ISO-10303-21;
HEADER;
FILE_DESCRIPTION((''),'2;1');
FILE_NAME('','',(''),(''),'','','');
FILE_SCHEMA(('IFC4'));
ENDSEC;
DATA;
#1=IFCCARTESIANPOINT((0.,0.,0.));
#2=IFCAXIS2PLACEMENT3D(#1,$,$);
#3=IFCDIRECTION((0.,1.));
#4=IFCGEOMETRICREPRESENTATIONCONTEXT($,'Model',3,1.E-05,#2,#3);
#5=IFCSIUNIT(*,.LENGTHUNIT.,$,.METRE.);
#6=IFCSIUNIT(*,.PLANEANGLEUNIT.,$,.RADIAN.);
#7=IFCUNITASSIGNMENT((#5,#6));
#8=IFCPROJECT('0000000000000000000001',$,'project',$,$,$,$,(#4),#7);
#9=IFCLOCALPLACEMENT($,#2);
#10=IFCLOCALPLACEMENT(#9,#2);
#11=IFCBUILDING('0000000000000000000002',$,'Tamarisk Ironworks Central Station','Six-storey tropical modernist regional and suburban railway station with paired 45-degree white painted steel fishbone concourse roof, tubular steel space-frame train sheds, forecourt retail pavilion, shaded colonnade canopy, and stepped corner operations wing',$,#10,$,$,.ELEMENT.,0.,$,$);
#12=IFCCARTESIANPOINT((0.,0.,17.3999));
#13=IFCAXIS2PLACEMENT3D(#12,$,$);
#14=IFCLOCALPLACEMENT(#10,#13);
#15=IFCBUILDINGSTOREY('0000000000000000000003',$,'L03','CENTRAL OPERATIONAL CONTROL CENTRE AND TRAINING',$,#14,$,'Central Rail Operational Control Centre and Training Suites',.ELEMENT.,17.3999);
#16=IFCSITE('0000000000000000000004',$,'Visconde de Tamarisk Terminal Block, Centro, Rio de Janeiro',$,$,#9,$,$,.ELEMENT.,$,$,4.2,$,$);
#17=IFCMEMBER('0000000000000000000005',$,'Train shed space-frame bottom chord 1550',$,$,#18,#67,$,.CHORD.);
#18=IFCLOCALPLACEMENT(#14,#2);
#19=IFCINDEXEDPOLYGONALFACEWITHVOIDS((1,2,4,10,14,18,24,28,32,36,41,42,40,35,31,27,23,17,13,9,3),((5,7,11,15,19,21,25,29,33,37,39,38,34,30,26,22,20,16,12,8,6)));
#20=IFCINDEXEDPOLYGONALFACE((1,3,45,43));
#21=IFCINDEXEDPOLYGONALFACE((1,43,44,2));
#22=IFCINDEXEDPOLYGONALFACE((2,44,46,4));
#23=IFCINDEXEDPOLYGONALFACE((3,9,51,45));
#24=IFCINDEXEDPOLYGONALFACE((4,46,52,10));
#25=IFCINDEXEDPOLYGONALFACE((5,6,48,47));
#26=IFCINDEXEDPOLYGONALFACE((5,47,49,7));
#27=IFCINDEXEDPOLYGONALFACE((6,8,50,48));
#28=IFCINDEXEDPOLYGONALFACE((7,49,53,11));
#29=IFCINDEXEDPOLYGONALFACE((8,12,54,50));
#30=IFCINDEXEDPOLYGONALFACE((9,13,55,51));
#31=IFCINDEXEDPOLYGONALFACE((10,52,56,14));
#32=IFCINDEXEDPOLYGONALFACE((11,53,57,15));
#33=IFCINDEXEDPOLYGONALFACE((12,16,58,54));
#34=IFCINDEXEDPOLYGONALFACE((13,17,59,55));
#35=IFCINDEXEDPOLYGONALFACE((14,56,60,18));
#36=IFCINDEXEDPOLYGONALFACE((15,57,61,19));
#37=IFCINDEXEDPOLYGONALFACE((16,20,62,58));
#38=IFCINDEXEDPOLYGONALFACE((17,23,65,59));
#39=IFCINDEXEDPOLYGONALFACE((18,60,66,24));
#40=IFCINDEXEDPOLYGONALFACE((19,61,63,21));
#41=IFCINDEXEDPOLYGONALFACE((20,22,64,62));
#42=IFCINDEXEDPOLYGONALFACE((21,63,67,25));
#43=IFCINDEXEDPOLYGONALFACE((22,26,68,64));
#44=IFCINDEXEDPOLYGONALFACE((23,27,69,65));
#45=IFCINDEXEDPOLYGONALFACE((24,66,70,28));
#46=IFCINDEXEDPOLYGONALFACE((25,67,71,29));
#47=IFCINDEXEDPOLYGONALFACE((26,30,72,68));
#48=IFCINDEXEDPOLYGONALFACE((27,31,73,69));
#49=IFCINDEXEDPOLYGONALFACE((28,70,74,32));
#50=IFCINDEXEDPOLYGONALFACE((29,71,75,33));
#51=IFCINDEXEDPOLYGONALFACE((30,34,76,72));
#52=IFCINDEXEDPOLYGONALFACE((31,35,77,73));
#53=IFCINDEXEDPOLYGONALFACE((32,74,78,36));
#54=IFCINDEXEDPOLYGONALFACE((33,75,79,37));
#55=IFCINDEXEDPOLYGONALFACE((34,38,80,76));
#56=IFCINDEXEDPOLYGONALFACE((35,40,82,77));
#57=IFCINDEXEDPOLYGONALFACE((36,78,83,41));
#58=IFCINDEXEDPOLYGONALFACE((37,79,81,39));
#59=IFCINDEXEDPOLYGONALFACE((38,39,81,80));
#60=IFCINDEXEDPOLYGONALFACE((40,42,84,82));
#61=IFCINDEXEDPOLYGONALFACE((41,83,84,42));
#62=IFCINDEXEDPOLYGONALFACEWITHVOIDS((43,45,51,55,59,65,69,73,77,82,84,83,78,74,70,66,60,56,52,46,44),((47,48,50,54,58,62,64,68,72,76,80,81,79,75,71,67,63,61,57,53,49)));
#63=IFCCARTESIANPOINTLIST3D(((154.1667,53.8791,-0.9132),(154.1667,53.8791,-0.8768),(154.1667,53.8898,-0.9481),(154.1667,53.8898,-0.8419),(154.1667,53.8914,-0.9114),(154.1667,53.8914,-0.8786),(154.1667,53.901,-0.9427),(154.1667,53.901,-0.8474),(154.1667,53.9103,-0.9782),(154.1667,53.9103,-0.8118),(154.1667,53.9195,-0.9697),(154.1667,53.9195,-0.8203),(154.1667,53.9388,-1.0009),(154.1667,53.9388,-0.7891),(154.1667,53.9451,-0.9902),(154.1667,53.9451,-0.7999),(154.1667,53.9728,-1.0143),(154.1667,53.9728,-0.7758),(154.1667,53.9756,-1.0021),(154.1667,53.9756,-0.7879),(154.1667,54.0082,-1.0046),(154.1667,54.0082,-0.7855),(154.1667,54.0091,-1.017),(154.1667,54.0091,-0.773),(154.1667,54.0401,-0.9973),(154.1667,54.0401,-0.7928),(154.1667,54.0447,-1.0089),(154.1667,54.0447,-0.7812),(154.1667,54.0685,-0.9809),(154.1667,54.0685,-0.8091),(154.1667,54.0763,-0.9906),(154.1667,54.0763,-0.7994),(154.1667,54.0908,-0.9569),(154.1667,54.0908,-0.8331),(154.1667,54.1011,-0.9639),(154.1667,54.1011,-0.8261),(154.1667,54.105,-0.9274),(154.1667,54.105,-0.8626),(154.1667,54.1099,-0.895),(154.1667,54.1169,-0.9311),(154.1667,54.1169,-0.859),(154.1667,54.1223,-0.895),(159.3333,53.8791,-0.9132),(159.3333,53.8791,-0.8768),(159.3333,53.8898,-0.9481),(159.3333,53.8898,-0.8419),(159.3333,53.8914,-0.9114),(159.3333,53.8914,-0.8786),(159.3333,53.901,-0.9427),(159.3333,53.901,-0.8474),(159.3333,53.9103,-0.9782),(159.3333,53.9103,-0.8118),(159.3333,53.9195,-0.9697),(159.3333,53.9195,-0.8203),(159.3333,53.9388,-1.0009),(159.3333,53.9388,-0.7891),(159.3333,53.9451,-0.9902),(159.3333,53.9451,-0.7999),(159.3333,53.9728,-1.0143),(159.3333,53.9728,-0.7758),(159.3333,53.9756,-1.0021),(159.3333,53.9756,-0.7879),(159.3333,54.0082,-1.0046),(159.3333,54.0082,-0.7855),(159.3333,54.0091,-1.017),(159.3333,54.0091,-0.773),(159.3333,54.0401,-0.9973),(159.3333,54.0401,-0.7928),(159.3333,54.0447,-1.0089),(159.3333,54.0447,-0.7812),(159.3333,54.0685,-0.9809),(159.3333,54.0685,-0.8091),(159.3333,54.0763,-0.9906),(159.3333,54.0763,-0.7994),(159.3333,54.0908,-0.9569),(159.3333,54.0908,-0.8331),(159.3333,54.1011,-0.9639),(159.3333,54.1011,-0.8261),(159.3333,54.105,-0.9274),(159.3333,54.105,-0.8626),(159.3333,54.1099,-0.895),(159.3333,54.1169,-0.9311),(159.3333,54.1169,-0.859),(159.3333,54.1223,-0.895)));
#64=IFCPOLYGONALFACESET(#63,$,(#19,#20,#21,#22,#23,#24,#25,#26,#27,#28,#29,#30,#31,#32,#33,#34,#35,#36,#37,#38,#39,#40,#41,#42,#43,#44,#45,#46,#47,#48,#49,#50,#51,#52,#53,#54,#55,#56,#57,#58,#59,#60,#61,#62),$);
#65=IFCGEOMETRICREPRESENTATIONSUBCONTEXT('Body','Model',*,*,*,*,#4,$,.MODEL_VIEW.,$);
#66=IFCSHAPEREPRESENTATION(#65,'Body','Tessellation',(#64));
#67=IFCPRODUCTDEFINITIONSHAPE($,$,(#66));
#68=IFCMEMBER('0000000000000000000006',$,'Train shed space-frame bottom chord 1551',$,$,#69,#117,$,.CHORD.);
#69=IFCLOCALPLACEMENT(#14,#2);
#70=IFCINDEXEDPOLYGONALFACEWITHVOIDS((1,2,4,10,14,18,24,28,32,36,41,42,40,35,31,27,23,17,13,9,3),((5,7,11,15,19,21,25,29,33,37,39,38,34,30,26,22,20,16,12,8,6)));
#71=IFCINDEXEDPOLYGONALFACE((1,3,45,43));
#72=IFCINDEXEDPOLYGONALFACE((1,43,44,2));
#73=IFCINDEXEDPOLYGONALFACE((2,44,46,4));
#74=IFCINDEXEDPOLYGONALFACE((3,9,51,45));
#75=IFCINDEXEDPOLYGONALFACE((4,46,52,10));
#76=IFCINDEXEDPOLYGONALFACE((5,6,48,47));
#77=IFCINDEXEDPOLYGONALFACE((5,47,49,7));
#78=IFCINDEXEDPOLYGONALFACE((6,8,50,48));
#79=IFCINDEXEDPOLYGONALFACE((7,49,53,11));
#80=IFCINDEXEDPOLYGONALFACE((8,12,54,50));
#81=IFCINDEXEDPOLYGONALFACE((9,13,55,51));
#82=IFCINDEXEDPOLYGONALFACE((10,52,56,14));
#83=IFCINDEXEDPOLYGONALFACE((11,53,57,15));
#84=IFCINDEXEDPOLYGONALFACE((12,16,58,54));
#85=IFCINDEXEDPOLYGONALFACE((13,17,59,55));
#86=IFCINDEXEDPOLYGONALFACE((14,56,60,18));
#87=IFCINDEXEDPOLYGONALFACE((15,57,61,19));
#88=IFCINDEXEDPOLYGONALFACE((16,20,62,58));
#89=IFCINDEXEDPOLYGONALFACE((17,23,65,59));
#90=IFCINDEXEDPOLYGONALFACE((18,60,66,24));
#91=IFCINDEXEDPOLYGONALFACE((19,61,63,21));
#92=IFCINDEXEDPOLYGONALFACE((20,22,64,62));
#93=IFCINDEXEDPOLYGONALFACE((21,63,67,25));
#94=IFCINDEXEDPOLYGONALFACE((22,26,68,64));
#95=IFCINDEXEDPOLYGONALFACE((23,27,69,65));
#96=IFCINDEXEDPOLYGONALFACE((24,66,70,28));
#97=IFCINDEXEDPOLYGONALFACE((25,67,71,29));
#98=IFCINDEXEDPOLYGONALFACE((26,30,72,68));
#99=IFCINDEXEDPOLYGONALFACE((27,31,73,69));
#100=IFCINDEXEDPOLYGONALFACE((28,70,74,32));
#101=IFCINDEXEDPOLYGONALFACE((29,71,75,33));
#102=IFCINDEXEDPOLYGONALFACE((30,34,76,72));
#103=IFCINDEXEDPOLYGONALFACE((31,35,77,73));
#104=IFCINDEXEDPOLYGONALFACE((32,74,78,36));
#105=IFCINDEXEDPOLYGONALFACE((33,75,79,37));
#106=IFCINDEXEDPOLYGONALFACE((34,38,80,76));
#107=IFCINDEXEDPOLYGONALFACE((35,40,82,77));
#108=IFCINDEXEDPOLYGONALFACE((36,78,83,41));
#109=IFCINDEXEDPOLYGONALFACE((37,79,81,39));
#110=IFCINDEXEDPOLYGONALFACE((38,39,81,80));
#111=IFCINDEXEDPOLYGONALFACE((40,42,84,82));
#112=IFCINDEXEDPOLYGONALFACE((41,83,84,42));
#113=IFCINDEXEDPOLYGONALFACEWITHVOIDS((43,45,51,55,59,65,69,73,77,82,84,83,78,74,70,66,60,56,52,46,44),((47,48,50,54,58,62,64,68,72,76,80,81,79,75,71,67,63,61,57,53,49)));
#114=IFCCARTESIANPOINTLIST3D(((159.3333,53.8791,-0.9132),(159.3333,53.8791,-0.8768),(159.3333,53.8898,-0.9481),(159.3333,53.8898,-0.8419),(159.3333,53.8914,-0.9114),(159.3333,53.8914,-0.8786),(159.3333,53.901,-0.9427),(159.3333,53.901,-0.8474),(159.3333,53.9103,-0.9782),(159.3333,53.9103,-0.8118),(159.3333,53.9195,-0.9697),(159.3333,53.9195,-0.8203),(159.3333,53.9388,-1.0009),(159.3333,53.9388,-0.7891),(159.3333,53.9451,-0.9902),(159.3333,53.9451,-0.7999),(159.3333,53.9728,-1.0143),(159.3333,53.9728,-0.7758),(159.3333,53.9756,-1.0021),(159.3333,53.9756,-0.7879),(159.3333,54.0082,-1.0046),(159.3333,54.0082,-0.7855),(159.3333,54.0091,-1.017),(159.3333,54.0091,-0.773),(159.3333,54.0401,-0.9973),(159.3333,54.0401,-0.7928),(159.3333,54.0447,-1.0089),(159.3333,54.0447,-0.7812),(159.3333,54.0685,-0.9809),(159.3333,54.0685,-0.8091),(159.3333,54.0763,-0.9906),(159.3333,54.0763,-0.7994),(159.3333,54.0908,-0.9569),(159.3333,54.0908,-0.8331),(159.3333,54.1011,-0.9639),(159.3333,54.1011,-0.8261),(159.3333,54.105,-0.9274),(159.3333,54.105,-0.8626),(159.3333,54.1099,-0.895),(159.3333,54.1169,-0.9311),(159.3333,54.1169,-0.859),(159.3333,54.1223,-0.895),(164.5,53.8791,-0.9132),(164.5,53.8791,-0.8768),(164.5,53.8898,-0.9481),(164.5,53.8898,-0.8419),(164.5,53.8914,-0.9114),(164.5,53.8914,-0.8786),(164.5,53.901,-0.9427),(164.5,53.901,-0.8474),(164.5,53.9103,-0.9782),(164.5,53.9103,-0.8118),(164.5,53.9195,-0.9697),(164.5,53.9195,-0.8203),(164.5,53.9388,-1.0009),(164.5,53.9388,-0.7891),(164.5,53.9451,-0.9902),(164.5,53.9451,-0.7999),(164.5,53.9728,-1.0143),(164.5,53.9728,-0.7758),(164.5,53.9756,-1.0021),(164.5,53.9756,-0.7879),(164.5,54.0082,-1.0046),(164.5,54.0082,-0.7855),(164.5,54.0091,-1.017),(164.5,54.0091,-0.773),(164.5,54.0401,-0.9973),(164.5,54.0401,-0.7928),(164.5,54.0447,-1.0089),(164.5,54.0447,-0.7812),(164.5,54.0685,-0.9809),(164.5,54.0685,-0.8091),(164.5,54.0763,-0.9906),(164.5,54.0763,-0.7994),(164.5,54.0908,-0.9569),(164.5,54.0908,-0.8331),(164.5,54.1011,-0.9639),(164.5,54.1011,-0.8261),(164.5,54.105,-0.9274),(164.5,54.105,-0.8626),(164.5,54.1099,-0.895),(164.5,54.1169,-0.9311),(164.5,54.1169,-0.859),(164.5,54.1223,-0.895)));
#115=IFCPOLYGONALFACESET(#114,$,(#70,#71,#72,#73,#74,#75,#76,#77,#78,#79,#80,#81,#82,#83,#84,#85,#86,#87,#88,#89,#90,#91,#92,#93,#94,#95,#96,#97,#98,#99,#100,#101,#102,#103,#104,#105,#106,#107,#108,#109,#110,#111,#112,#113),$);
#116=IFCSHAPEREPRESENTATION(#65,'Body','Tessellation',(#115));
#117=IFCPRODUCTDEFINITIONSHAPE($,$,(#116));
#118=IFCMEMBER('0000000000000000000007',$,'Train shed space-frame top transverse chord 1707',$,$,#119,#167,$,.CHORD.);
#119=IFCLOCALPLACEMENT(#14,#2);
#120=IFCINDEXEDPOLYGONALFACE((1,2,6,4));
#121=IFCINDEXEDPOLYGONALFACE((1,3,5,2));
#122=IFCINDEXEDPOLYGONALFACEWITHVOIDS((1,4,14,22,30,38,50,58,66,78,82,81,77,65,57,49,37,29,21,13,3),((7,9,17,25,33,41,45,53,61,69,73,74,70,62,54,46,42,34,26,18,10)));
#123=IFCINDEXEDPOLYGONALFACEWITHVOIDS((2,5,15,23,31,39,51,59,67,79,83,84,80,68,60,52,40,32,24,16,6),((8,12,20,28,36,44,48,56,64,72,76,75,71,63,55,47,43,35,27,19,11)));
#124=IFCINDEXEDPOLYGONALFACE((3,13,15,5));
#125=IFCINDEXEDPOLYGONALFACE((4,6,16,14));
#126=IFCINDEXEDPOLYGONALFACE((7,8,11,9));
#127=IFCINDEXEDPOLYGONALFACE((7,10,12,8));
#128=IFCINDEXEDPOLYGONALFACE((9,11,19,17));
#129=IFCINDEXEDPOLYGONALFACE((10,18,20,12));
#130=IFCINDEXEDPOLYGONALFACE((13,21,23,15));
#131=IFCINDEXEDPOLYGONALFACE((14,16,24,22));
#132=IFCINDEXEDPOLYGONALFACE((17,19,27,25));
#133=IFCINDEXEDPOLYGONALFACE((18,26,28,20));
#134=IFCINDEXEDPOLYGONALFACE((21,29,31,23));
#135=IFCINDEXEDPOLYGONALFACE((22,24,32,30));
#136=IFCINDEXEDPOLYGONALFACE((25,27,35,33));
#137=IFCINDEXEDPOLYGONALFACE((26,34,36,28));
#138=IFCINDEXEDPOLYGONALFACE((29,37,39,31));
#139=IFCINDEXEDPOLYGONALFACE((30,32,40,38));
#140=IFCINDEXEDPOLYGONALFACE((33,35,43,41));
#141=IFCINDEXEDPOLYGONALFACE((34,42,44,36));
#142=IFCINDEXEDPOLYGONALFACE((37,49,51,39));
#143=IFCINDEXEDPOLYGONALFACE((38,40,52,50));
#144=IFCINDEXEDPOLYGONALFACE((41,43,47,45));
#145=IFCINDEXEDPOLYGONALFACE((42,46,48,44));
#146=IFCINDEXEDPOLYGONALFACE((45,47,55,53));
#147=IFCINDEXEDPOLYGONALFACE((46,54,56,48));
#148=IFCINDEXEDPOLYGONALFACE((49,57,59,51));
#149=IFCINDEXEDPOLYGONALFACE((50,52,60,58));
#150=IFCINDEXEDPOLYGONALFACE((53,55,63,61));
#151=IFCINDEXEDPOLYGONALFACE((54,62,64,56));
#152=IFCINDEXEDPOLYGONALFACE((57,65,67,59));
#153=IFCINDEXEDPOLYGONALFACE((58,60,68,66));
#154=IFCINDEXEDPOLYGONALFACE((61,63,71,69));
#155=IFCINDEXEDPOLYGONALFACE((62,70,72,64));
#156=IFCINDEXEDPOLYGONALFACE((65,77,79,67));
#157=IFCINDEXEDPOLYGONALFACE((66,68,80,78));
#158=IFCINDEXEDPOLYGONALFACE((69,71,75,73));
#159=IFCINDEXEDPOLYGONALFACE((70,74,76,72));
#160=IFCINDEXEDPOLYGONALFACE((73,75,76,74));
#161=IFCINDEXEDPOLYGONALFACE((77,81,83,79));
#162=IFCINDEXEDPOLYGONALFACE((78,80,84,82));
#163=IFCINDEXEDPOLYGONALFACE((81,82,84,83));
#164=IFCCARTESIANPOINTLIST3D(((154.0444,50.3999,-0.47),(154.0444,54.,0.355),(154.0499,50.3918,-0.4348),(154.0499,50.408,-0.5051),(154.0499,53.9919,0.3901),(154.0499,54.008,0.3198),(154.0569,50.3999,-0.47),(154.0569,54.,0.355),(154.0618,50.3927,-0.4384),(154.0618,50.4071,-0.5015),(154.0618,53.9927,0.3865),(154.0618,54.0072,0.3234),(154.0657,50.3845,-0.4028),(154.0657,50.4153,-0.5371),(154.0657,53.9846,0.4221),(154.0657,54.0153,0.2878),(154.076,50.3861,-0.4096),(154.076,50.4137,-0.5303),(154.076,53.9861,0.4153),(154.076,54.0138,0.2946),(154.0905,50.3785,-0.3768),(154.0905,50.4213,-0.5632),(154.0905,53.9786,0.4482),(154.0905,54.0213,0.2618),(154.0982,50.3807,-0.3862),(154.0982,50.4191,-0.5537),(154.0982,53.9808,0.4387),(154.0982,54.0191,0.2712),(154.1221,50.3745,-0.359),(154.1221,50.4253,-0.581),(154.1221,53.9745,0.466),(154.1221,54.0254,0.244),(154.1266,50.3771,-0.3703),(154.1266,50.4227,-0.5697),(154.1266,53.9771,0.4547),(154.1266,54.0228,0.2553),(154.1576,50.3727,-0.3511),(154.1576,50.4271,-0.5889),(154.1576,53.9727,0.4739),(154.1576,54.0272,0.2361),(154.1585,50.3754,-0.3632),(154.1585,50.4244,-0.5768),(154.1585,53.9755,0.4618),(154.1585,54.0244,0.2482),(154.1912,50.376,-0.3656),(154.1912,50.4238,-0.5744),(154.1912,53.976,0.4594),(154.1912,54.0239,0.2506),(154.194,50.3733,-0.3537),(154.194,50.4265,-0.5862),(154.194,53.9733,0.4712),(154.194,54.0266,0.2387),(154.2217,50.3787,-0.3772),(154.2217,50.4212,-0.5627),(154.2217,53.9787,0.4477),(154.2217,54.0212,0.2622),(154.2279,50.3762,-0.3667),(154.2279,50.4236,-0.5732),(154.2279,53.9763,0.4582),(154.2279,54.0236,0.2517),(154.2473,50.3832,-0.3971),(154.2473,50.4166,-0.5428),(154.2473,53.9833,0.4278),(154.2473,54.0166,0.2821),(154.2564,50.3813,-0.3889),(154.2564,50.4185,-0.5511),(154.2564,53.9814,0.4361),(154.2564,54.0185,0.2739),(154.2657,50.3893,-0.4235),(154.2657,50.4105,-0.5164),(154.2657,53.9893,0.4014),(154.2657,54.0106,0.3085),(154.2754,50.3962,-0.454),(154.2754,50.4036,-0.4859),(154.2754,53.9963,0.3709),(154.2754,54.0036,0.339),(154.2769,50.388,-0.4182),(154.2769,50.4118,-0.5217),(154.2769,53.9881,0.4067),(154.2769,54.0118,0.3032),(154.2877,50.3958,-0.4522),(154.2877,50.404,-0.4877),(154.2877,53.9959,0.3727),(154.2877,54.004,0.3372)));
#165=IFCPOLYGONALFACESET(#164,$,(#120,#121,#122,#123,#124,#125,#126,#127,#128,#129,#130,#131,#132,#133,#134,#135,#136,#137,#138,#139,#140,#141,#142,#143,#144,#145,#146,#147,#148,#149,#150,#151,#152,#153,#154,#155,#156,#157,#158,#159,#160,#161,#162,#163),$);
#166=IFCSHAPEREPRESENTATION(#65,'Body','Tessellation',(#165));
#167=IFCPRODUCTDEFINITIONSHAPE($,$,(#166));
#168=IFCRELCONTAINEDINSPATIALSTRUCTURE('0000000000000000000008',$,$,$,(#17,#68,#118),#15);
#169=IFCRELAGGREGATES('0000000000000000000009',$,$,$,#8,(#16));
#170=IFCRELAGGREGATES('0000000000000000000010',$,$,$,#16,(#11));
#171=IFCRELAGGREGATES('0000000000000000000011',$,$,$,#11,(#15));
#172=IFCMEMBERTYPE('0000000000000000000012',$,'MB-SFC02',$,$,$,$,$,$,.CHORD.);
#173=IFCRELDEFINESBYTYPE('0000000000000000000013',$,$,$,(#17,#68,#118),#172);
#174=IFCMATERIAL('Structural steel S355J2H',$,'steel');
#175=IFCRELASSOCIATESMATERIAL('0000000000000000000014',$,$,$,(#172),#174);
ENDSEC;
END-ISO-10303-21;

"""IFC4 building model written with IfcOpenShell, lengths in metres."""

from ifc_helpers import new_model, si_unit, direction, frame, origin, origin_2d, place, context, subcontext, project, spatial, hollow_circle, extrude, material, material_profile, profile_set, type_object, element, save


model = new_model("IFC4")

# Units and contexts
model_context = context("Model", 3, precision=1e-05, world=origin(), true_north=direction((0.0, 1.0)))
body_context = subcontext(model_context, "Body", "Model", "MODEL_VIEW")
ifc_project = project(units=[si_unit("LENGTHUNIT", "METRE"), si_unit("PLANEANGLEUNIT", "RADIAN")], contexts=[model_context])

# Site, building, storey
site_placement = place(None, origin())
site = spatial("IfcSite", under=ifc_project, at=site_placement, Name="Visconde de Tamarisk Terminal Block, Centro, Rio de Janeiro", CompositionType="ELEMENT", RefElevation=4.2)
building_placement = place(site_placement, origin())
building = spatial("IfcBuilding", under=site, at=building_placement, Name="Tamarisk Ironworks Central Station", Description="Six-storey tropical modernist regional and suburban railway station with paired 45-degree white painted steel fishbone concourse roof, tubular steel space-frame train sheds, forecourt retail pavilion, shaded colonnade canopy, and stepped corner operations wing", CompositionType="ELEMENT", ElevationOfRefHeight=0.0)
storey_placement = place(building_placement, frame((0.0, 0.0, 17.3999)))
storey = spatial("IfcBuildingStorey", under=building, at=storey_placement, Name="L03", Description="CENTRAL OPERATIONAL CONTROL CENTRE AND TRAINING", LongName="Central Rail Operational Control Centre and Training Suites", CompositionType="ELEMENT", Elevation=17.3999)

# Members
ifc_material = material(Name="Structural steel S355J2H", Category="steel")
ifc_material_profile_1 = material_profile(ifc_material, hollow_circle(Radius=0.1223, WallThickness=0.0125, at=origin_2d()), Name="CHS 244.5x12.5")
ifc_profile_set_1 = profile_set([ifc_material_profile_1], Name="Structural steel S355J2H")
member_type_1 = type_object("IfcMemberType", Name="MB-SFC02", PredefinedType="CHORD", material=ifc_profile_set_1)
member_1_placement = place(storey_placement, frame((154.1667, 54.0, -0.895), z_axis=(1.0, 0.0, 0.0), x_axis=(0.0, 1.0, 0.0)))
element("IfcMember", 1, at=member_1_placement, inside=storey, type_object=member_type_1, Name="Train shed space-frame bottom chord 1550", PredefinedType="CHORD", context=body_context, shape_type="SweptSolid", body=[
    extrude(hollow_circle(Radius=0.1223, WallThickness=0.0125, at=origin_2d()), origin(), (0.0, 0.0, 1.0), 5.1665),
])
member_2_placement = place(storey_placement, frame((159.3333, 54.0, -0.895), z_axis=(1.0, 0.0, 0.0), x_axis=(0.0, 1.0, 0.0)))
element("IfcMember", 2, at=member_2_placement, inside=storey, type_object=member_type_1, Name="Train shed space-frame bottom chord 1551", PredefinedType="CHORD", context=body_context, shape_type="SweptSolid", body=[
    extrude(hollow_circle(Radius=0.1223, WallThickness=0.0125, at=origin_2d()), origin(), (0.0, 0.0, 1.0), 5.1667),
])
for number, where, z_axis, x_axis, name in (
    (3, (154.1667, 50.3999, -0.47), (0.0, 0.974737, 0.223358), (-1.0, 0.0, 0.0), "Train shed space-frame top transverse chord 1707"),
):
    element("IfcMember", number, at=place(storey_placement, frame(where, z_axis=z_axis, x_axis=x_axis)), inside=storey, type_object=member_type_1, Name=name, PredefinedType="CHORD", context=body_context, shape_type="SweptSolid", body=[
        extrude(hollow_circle(Radius=0.1223, WallThickness=0.0125, at=origin_2d()), origin(), (0.0, 0.0, 1.0), 3.6934),
    ])

save(model, "model.ifc")
